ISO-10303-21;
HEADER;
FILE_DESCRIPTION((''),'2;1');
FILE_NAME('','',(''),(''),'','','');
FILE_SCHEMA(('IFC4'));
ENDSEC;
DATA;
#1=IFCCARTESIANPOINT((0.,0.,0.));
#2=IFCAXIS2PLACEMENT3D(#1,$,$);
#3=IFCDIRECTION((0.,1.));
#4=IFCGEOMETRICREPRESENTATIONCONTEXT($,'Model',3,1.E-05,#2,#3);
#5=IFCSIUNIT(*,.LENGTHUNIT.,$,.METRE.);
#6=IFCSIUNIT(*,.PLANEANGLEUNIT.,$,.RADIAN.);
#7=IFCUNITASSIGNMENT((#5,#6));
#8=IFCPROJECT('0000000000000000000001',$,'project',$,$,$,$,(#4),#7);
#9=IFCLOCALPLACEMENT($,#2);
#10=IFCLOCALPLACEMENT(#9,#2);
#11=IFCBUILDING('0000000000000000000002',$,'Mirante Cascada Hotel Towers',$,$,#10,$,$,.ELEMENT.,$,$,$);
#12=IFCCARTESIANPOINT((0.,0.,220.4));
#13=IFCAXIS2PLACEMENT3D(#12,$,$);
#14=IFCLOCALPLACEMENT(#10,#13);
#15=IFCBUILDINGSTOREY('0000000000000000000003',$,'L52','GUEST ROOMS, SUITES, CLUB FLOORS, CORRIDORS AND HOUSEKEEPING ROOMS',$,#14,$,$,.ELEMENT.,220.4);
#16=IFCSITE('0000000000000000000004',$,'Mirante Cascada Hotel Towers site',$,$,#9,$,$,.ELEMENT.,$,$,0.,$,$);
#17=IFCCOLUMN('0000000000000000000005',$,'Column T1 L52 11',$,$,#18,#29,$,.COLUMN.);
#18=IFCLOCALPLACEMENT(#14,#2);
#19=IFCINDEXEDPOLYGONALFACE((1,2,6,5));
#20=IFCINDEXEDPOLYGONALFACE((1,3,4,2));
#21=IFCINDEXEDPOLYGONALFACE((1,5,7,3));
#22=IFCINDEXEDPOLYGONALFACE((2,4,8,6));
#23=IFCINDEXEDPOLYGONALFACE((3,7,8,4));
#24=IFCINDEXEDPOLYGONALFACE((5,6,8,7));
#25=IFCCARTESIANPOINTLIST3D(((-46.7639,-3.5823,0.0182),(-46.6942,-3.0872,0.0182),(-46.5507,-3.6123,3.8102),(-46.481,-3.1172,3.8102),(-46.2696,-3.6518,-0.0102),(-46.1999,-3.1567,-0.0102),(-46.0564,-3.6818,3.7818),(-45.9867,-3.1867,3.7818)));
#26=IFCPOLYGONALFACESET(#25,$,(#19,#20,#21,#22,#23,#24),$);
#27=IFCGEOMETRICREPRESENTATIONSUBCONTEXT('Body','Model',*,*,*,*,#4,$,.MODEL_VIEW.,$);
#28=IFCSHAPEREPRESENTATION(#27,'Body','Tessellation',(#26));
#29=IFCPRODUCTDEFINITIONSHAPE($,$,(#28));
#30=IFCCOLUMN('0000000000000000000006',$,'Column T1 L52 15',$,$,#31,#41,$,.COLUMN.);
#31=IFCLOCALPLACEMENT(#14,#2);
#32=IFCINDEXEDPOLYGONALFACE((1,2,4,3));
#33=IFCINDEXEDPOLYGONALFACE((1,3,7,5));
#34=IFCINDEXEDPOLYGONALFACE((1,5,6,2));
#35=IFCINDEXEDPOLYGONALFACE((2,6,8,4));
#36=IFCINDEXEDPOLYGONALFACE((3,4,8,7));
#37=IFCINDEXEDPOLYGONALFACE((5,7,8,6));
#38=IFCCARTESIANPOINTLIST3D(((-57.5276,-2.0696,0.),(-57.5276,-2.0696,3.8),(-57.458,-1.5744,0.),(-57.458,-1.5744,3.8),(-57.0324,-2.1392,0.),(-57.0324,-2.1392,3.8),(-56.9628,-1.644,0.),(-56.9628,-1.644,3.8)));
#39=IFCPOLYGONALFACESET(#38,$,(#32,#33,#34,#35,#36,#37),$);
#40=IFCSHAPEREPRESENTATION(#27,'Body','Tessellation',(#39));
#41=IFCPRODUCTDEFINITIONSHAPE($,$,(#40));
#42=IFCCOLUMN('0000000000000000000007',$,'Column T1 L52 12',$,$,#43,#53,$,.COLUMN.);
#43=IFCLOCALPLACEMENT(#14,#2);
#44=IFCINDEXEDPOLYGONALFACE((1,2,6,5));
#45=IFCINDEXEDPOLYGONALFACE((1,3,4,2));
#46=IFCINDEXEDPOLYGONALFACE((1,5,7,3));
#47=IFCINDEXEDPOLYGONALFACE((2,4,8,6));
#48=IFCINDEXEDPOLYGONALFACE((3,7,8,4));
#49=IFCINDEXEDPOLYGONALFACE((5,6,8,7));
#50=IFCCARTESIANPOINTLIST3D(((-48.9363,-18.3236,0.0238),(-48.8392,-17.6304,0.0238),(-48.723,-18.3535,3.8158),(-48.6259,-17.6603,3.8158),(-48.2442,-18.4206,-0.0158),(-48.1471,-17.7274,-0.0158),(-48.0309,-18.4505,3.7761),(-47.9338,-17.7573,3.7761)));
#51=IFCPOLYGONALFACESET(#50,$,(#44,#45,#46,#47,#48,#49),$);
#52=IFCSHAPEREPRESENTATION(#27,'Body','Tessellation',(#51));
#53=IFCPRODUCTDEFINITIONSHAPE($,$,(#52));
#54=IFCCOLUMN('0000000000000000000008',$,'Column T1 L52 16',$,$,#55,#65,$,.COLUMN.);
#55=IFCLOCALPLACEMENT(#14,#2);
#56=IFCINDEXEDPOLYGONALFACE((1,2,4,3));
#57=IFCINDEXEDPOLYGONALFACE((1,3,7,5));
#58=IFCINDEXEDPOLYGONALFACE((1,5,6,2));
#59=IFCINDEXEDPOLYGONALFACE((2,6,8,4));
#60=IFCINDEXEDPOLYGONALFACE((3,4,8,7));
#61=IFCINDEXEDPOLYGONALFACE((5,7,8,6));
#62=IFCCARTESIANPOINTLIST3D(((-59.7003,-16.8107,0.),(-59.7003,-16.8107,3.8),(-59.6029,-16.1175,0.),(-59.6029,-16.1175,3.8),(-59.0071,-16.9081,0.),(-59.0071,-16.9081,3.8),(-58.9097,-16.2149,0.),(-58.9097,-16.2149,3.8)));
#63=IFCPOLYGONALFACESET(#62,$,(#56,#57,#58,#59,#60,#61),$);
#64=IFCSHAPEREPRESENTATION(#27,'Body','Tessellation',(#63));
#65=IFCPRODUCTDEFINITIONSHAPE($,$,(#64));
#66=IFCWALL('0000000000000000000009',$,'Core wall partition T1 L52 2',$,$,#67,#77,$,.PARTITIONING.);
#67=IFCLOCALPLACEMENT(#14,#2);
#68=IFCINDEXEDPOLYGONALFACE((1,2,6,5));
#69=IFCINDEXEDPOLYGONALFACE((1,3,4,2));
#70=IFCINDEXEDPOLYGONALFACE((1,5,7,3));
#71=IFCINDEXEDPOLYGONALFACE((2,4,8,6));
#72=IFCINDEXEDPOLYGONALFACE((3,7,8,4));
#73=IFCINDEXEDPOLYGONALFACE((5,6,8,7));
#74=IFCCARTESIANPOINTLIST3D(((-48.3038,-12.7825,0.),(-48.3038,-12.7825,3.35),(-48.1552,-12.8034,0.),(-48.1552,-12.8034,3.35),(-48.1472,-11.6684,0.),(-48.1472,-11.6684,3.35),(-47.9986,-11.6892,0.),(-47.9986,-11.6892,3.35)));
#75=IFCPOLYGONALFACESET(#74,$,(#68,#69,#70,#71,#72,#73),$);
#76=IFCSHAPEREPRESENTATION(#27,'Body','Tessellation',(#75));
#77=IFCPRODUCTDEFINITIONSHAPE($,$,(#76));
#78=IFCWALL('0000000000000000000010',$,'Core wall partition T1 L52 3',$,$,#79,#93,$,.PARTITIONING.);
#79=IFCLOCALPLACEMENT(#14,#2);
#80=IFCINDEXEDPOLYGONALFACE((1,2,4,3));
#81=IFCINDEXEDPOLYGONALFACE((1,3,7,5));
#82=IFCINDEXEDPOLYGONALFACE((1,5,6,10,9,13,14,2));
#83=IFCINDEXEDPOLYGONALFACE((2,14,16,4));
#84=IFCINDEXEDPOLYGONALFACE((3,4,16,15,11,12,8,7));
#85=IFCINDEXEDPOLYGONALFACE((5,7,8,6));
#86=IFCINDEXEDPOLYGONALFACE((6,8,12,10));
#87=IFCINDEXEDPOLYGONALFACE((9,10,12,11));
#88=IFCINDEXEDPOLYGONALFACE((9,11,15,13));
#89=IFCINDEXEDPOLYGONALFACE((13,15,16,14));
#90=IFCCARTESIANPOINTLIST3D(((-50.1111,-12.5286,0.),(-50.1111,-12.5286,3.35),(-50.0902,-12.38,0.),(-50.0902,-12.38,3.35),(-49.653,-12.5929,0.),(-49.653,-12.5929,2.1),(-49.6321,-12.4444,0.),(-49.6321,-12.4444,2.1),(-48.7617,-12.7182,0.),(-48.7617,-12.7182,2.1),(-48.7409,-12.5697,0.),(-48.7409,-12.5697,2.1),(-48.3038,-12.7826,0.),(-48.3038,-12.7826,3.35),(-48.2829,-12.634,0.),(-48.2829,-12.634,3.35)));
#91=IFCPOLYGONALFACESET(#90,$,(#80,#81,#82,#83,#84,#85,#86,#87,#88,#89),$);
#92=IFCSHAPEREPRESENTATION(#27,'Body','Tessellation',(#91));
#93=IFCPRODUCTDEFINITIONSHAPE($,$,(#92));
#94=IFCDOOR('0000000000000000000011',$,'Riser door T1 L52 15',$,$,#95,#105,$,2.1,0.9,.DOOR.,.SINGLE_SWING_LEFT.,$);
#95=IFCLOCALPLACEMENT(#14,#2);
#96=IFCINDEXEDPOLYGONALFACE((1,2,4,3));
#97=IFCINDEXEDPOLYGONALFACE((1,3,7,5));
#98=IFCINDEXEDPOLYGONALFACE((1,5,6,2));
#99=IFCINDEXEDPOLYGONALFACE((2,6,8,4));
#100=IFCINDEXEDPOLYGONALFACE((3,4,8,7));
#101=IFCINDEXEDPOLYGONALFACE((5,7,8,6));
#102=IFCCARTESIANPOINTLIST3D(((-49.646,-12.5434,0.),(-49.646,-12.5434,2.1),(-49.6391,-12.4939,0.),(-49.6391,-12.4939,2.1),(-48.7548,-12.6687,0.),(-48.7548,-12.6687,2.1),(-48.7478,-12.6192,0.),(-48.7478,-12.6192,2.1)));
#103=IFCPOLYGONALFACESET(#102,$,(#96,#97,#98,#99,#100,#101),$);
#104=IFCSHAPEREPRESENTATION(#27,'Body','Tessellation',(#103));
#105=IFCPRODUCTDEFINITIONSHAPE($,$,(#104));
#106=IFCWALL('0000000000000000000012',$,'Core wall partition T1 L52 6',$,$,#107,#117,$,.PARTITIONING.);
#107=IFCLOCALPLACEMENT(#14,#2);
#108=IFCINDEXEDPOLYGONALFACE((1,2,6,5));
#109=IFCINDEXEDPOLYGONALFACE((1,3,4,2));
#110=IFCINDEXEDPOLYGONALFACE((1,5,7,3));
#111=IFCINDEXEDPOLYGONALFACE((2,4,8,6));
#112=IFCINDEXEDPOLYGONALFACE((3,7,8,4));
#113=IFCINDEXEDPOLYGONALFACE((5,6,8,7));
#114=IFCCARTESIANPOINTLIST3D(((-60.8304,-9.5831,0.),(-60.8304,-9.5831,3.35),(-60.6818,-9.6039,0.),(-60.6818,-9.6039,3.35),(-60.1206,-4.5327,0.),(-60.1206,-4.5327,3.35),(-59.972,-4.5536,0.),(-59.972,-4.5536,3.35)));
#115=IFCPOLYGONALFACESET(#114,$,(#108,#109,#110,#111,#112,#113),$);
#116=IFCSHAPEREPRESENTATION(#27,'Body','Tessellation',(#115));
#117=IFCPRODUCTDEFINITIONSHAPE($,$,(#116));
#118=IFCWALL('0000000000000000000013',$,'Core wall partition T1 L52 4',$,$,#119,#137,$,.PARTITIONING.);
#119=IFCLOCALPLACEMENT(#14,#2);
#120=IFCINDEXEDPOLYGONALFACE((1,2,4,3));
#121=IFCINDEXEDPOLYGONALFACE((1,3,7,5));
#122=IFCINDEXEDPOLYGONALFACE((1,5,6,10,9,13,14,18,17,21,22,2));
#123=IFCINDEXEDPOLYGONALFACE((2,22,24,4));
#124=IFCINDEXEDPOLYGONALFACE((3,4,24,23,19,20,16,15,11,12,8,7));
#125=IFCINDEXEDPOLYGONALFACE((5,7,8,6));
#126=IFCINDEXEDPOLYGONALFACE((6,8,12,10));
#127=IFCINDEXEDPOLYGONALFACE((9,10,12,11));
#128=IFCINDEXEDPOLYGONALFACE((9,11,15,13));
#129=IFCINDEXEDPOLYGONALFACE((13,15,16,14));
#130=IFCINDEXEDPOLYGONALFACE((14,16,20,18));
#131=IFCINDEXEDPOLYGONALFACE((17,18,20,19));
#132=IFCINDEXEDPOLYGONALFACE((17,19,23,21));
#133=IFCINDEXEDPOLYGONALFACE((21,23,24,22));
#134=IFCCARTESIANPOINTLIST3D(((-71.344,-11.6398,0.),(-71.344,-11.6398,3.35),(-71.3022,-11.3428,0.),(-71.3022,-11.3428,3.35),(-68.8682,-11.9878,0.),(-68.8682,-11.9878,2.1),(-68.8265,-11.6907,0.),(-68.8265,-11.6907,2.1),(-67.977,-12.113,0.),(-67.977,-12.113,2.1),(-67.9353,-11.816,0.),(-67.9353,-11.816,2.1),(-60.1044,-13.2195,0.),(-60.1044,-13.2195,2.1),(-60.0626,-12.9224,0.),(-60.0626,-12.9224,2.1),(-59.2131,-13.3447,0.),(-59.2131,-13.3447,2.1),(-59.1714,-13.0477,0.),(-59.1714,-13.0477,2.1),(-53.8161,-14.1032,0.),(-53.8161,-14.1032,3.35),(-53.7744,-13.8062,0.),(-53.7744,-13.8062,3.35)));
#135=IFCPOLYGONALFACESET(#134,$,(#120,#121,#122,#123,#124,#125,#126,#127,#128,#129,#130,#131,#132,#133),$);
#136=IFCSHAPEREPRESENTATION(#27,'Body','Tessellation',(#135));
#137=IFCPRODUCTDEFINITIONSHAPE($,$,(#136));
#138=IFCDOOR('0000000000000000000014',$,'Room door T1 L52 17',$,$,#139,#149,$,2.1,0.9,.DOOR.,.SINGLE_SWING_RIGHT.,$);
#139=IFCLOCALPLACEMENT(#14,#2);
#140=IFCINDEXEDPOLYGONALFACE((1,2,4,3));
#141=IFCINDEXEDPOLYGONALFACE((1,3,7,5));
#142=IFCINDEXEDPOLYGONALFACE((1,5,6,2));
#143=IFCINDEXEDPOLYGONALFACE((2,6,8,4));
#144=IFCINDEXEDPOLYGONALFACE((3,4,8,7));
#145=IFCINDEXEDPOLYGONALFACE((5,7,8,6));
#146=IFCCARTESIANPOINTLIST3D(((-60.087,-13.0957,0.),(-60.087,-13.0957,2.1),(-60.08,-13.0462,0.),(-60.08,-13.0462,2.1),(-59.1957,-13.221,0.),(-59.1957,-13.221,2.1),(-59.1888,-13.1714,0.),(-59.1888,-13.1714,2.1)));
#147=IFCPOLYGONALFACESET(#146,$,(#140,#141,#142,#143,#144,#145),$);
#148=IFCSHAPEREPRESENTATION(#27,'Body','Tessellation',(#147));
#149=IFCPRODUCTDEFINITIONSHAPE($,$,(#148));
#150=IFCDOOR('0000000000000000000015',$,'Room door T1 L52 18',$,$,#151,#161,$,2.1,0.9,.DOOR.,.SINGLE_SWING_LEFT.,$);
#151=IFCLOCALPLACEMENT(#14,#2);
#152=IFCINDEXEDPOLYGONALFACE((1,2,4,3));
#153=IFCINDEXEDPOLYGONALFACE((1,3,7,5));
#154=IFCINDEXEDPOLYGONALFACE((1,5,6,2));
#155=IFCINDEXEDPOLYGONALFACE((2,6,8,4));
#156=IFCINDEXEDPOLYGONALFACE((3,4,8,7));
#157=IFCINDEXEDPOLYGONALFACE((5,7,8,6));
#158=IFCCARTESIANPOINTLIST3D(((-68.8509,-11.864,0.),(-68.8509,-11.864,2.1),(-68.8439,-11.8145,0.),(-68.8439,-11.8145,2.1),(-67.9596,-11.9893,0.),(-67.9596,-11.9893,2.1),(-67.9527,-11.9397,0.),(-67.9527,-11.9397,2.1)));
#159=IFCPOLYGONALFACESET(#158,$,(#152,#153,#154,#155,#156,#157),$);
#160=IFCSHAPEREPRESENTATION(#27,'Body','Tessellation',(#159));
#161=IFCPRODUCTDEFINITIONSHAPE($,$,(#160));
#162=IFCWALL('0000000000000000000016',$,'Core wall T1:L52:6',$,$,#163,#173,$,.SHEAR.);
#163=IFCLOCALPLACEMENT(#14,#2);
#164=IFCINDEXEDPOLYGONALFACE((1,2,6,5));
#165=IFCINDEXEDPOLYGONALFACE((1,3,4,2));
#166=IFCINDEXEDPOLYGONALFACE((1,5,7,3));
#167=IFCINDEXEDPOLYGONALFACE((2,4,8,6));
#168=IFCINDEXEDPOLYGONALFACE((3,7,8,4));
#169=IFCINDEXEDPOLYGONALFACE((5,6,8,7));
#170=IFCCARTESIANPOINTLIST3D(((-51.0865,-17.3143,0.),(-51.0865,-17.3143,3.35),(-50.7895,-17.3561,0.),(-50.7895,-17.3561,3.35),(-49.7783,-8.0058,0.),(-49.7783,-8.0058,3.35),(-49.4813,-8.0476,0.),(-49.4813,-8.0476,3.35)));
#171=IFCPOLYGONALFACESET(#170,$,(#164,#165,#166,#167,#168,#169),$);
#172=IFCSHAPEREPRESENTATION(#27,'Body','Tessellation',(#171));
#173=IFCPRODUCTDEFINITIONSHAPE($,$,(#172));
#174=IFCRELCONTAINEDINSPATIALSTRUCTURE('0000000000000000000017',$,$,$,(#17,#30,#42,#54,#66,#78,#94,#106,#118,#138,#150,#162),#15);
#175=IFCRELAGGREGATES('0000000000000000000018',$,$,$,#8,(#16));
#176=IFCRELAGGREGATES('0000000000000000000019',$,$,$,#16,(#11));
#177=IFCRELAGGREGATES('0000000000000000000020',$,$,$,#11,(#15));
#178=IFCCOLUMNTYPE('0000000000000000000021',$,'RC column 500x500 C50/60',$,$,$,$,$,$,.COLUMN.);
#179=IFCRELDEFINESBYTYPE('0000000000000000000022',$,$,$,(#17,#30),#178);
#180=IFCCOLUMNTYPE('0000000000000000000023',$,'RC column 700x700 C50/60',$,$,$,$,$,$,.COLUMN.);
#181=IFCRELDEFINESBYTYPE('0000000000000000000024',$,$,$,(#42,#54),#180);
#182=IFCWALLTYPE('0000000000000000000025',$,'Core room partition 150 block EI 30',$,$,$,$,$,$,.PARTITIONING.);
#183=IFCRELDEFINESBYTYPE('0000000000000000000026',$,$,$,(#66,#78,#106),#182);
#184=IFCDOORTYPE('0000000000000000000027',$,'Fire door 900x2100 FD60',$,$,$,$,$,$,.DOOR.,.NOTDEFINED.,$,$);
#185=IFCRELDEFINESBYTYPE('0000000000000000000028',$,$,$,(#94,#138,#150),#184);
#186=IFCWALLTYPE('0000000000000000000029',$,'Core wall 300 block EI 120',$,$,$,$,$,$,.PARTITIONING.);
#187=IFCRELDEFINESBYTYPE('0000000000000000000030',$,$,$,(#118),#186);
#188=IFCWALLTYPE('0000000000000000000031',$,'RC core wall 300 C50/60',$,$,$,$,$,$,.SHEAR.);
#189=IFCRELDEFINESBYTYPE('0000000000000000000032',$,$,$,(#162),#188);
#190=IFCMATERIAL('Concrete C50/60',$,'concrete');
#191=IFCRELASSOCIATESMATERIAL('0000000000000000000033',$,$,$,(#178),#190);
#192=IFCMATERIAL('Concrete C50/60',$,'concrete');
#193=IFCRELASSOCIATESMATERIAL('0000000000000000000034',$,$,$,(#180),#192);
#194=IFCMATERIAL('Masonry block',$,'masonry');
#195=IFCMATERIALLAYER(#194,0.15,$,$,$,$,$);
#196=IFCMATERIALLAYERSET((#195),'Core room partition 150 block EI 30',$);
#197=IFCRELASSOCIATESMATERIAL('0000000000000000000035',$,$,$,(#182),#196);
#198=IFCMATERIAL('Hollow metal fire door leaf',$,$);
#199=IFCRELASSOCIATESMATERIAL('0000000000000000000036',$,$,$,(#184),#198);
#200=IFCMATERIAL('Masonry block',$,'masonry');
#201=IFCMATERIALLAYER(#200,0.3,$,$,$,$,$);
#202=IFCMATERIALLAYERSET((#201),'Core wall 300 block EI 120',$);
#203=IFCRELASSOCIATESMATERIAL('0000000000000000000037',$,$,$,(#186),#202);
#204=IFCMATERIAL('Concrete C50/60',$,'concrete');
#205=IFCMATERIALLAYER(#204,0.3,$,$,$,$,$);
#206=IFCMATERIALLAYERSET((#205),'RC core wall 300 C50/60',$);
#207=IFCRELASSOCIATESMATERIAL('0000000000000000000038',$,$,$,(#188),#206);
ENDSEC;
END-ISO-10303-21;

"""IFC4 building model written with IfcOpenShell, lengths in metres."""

from ifc_helpers import new_model, si_unit, direction, frame, frame_2d, origin, origin_2d, place, context, subcontext, project, spatial, rectangle, extrude, material, layer, layer_set, material_profile, profile_set, type_object, element, fill, save


model = new_model("IFC4")

# Units and contexts
model_context = context("Model", 3, precision=1e-05, world=origin(), true_north=direction((0.0, 1.0)))
body_context = subcontext(model_context, "Body", "Model", "MODEL_VIEW")
ifc_project = project(units=[si_unit("LENGTHUNIT", "METRE"), si_unit("PLANEANGLEUNIT", "RADIAN")], contexts=[model_context])

# Site, building, storey
site_placement = place(None, origin())
site = spatial("IfcSite", under=ifc_project, at=site_placement, Name="Mirante Cascada Hotel Towers site", CompositionType="ELEMENT", RefElevation=0.0)
building_placement = place(site_placement, origin())
building = spatial("IfcBuilding", under=site, at=building_placement, Name="Mirante Cascada Hotel Towers", CompositionType="ELEMENT")
storey_placement = place(building_placement, frame((0.0, 0.0, 220.4)))
storey = spatial("IfcBuildingStorey", under=building, at=storey_placement, Name="L52", Description="GUEST ROOMS, SUITES, CLUB FLOORS, CORRIDORS AND HOUSEKEEPING ROOMS", CompositionType="ELEMENT", Elevation=220.4)

# Columns
ifc_material_1 = material(Name="Concrete C50/60", Category="concrete")
ifc_material_profile_1 = material_profile(ifc_material_1, rectangle(XDim=0.5, YDim=0.5, at=origin_2d()), Name="RC column 500x500 C50/60")
ifc_profile_set_1 = profile_set([ifc_material_profile_1], Name="Concrete C50/60")
column_type_1 = type_object("IfcColumnType", Name="RC column 500x500 C50/60", PredefinedType="COLUMN", material=ifc_profile_set_1)
column_1_placement = place(storey_placement, frame((-46.4819, -3.3695, 0.004), z_axis=(0.056133, -0.007899, 0.998392), x_axis=(0.13934, 0.990245, 0.0)))
element("IfcColumn", 1, at=column_1_placement, inside=storey, type_object=column_type_1, Name="Column T1 L52 11", PredefinedType="COLUMN", context=body_context, shape_type="SweptSolid", body=[
    extrude(rectangle(XDim=0.5, YDim=0.5, at=origin_2d()), origin(), (0.0, 0.0, 1.0), 3.7981),
])
column_2_placement = place(storey_placement, frame((-57.2452, -1.8568, 0.0), z_axis=(0.0, 0.0, 1.0), x_axis=(-0.990268, 0.139173, 0.0)))
element("IfcColumn", 2, at=column_2_placement, inside=storey, type_object=column_type_1, Name="Column T1 L52 15", PredefinedType="COLUMN", context=body_context, shape_type="SweptSolid", body=[
    extrude(rectangle(XDim=0.5, YDim=0.5, at=origin_2d()), origin(), (0.0, 0.0, 1.0), 3.8),
])
ifc_material_2 = material(Name="Concrete C50/60", Category="concrete")
ifc_material_profile_2 = material_profile(ifc_material_2, rectangle(XDim=0.7, YDim=0.7, at=origin_2d()), Name="RC column 700x700 C50/60")
ifc_profile_set_2 = profile_set([ifc_material_profile_2], Name="Concrete C50/60")
column_type_2 = type_object("IfcColumnType", Name="RC column 700x700 C50/60", PredefinedType="COLUMN", material=ifc_profile_set_2)
column_3_placement = place(storey_placement, frame((-48.5417, -18.0255, 0.004), z_axis=(0.05616, -0.007872, 0.998391), x_axis=(0.138821, 0.990317, 0.0)))
element("IfcColumn", 3, at=column_3_placement, inside=storey, type_object=column_type_2, Name="Column T1 L52 12", PredefinedType="COLUMN", context=body_context, shape_type="SweptSolid", body=[
    extrude(rectangle(XDim=0.7, YDim=0.7, at=origin_2d()), origin(), (0.0, 0.0, 1.0), 3.7981),
])
column_4_placement = place(storey_placement, frame((-59.305, -16.5128, 0.0), z_axis=(0.0, 0.0, 1.0), x_axis=(-0.990268, 0.139173, 0.0)))
element("IfcColumn", 4, at=column_4_placement, inside=storey, type_object=column_type_2, Name="Column T1 L52 16", PredefinedType="COLUMN", context=body_context, shape_type="SweptSolid", body=[
    extrude(rectangle(XDim=0.7, YDim=0.7, at=origin_2d()), origin(), (0.0, 0.0, 1.0), 3.8),
])

# Wall
ifc_material_3 = material(Name="Masonry block", Category="masonry")
ifc_layer_1 = layer(ifc_material_3, 0.15)
ifc_layer_set_1 = layer_set([ifc_layer_1], Name="Core room partition 150 block EI 30")
wall_type_1 = type_object("IfcWallType", Name="Core room partition 150 block EI 30", PredefinedType="PARTITIONING", material=ifc_layer_set_1)
wall_1_placement = place(storey_placement, frame((-48.2295, -12.793, 0.0), z_axis=(0.0, 0.0, 1.0), x_axis=(0.139193, 0.990265, 0.0)))
element("IfcWall", 5, at=wall_1_placement, inside=storey, type_object=wall_type_1, Name="Core wall partition T1 L52 2", PredefinedType="PARTITIONING", context=body_context, shape_type="SweptSolid", body=[
    extrude(rectangle(XDim=1.1251, YDim=0.15, at=frame_2d((0.5626, 0.0))), origin(), (0.0, 0.0, 1.0), 3.35),
])

# Wall, opening, door
wall_2_placement = place(storey_placement, frame((-48.2933, -12.7083, 0.0), z_axis=(0.0, 0.0, 1.0), x_axis=(-0.990268, 0.139173, 0.0)))
wall_2 = element("IfcWall", 6, at=wall_2_placement, inside=storey, type_object=wall_type_1, Name="Core wall partition T1 L52 3", PredefinedType="PARTITIONING", context=body_context, shape_type="SweptSolid", body=[
    extrude(rectangle(XDim=1.8251, YDim=0.15, at=frame_2d((0.9126, 0.0))), origin(), (0.0, 0.0, 1.0), 3.35),
])
opening_1_placement = place(wall_2_placement, frame((0.4625, 0.0, 0.0)))
opening_1 = element("IfcOpeningElement", 7, at=opening_1_placement, cuts=wall_2, PredefinedType="OPENING", context=body_context, shape_type="SweptSolid", body=[
    extrude(rectangle(XDim=0.9, YDim=2.1, at=frame_2d((0.45, 1.05))), frame((0.0, 0.075, 0.0), z_axis=(0.0, -1.0, 0.0), x_axis=(1.0, 0.0, 0.0)), (0.0, 0.0, 1.0), 0.15),
])
ifc_material_4 = material(Name="Hollow metal fire door leaf")
door_type_1 = type_object("IfcDoorType", Name="Fire door 900x2100 FD60", OperationType="NOTDEFINED", PredefinedType="DOOR", material=ifc_material_4)
door_1_placement = place(opening_1_placement, origin())
door_1 = element("IfcDoor", 8, at=door_1_placement, inside=storey, type_object=door_type_1, Name="Riser door T1 L52 15", OperationType="SINGLE_SWING_LEFT", OverallHeight=2.1, OverallWidth=0.9, PredefinedType="DOOR", context=body_context, shape_type="SweptSolid", body=[
    extrude(rectangle(XDim=0.9, YDim=2.1, at=frame_2d((0.45, 1.05))), frame((0.0, 0.025, 0.0), z_axis=(0.0, -1.0, 0.0), x_axis=(1.0, 0.0, 0.0)), (0.0, 0.0, 1.0), 0.05),
])
fill(opening_1, door_1)

# Wall
wall_3_placement = place(storey_placement, frame((-60.7561, -9.5935, 0.0), z_axis=(0.0, 0.0, 1.0), x_axis=(0.139176, 0.990268, 0.0)))
element("IfcWall", 9, at=wall_3_placement, inside=storey, type_object=wall_type_1, Name="Core wall partition T1 L52 6", PredefinedType="PARTITIONING", context=body_context, shape_type="SweptSolid", body=[
    extrude(rectangle(XDim=5.1, YDim=0.15, at=frame_2d((2.55, 0.0))), origin(), (0.0, 0.0, 1.0), 3.35),
])

# Wall, openings, doors
ifc_material_5 = material(Name="Masonry block", Category="masonry")
ifc_layer_2 = layer(ifc_material_5, 0.3)
ifc_layer_set_2 = layer_set([ifc_layer_2], Name="Core wall 300 block EI 120")
wall_type_2 = type_object("IfcWallType", Name="Core wall 300 block EI 120", PredefinedType="PARTITIONING", material=ifc_layer_set_2)
wall_4_placement = place(storey_placement, frame((-53.7953, -13.9547, 0.0), z_axis=(0.0, 0.0, 1.0), x_axis=(-0.990268, 0.139175, 0.0)))
wall_4 = element("IfcWall", 10, at=wall_4_placement, inside=storey, type_object=wall_type_2, Name="Core wall partition T1 L52 4", PredefinedType="PARTITIONING", context=body_context, shape_type="SweptSolid", body=[
    extrude(rectangle(XDim=17.7001, YDim=0.3, at=frame_2d((8.85, 0.0))), origin(), (0.0, 0.0, 1.0), 3.35),
])
opening_2_placement = place(wall_4_placement, frame((5.45, 0.0, 0.0)))
opening_2 = element("IfcOpeningElement", 11, at=opening_2_placement, cuts=wall_4, PredefinedType="OPENING", context=body_context, shape_type="SweptSolid", body=[
    extrude(rectangle(XDim=0.9, YDim=2.1, at=frame_2d((0.45, 1.05))), frame((0.0, 0.15, 0.0), z_axis=(0.0, -1.0, 0.0), x_axis=(1.0, 0.0, 0.0)), (0.0, 0.0, 1.0), 0.3),
])
opening_3_placement = place(wall_4_placement, frame((14.3, 0.0, 0.0)))
opening_3 = element("IfcOpeningElement", 12, at=opening_3_placement, cuts=wall_4, PredefinedType="OPENING", context=body_context, shape_type="SweptSolid", body=[
    extrude(rectangle(XDim=0.9, YDim=2.1, at=frame_2d((0.45, 1.05))), frame((0.0, 0.15, 0.0), z_axis=(0.0, -1.0, 0.0), x_axis=(1.0, 0.0, 0.0)), (0.0, 0.0, 1.0), 0.3),
])
door_2_placement = place(opening_2_placement, origin())
door_2 = element("IfcDoor", 13, at=door_2_placement, inside=storey, type_object=door_type_1, Name="Room door T1 L52 17", OperationType="SINGLE_SWING_RIGHT", OverallHeight=2.1, OverallWidth=0.9, PredefinedType="DOOR", context=body_context, shape_type="SweptSolid", body=[
    extrude(rectangle(XDim=0.9, YDim=2.1, at=frame_2d((0.45, 1.05))), frame((0.0, 0.025, 0.0), z_axis=(0.0, -1.0, 0.0), x_axis=(1.0, 0.0, 0.0)), (0.0, 0.0, 1.0), 0.05),
])
fill(opening_2, door_2)
door_3_placement = place(opening_3_placement, origin())
door_3 = element("IfcDoor", 14, at=door_3_placement, inside=storey, type_object=door_type_1, Name="Room door T1 L52 18", OperationType="SINGLE_SWING_LEFT", OverallHeight=2.1, OverallWidth=0.9, PredefinedType="DOOR", context=body_context, shape_type="SweptSolid", body=[
    extrude(rectangle(XDim=0.9, YDim=2.1, at=frame_2d((0.45, 1.05))), frame((0.0, 0.025, 0.0), z_axis=(0.0, -1.0, 0.0), x_axis=(1.0, 0.0, 0.0)), (0.0, 0.0, 1.0), 0.05),
])
fill(opening_3, door_3)

# Wall
ifc_material_6 = material(Name="Concrete C50/60", Category="concrete")
ifc_layer_3 = layer(ifc_material_6, 0.3)
ifc_layer_set_3 = layer_set([ifc_layer_3], Name="RC core wall 300 C50/60")
wall_type_3 = type_object("IfcWallType", Name="RC core wall 300 C50/60", PredefinedType="SHEAR", material=ifc_layer_set_3)
wall_5_placement = place(storey_placement, frame((-50.938, -17.3352, 0.0), z_axis=(0.0, 0.0, 1.0), x_axis=(0.139171, 0.990268, 0.0)))
element("IfcWall", 15, at=wall_5_placement, inside=storey, type_object=wall_type_3, Name="Core wall T1:L52:6", PredefinedType="SHEAR", context=body_context, shape_type="SweptSolid", body=[
    extrude(rectangle(XDim=9.4, YDim=0.3, at=frame_2d((4.7, 0.0))), origin(), (0.0, 0.0, 1.0), 3.35),
])

save(model, "model.ifc")
